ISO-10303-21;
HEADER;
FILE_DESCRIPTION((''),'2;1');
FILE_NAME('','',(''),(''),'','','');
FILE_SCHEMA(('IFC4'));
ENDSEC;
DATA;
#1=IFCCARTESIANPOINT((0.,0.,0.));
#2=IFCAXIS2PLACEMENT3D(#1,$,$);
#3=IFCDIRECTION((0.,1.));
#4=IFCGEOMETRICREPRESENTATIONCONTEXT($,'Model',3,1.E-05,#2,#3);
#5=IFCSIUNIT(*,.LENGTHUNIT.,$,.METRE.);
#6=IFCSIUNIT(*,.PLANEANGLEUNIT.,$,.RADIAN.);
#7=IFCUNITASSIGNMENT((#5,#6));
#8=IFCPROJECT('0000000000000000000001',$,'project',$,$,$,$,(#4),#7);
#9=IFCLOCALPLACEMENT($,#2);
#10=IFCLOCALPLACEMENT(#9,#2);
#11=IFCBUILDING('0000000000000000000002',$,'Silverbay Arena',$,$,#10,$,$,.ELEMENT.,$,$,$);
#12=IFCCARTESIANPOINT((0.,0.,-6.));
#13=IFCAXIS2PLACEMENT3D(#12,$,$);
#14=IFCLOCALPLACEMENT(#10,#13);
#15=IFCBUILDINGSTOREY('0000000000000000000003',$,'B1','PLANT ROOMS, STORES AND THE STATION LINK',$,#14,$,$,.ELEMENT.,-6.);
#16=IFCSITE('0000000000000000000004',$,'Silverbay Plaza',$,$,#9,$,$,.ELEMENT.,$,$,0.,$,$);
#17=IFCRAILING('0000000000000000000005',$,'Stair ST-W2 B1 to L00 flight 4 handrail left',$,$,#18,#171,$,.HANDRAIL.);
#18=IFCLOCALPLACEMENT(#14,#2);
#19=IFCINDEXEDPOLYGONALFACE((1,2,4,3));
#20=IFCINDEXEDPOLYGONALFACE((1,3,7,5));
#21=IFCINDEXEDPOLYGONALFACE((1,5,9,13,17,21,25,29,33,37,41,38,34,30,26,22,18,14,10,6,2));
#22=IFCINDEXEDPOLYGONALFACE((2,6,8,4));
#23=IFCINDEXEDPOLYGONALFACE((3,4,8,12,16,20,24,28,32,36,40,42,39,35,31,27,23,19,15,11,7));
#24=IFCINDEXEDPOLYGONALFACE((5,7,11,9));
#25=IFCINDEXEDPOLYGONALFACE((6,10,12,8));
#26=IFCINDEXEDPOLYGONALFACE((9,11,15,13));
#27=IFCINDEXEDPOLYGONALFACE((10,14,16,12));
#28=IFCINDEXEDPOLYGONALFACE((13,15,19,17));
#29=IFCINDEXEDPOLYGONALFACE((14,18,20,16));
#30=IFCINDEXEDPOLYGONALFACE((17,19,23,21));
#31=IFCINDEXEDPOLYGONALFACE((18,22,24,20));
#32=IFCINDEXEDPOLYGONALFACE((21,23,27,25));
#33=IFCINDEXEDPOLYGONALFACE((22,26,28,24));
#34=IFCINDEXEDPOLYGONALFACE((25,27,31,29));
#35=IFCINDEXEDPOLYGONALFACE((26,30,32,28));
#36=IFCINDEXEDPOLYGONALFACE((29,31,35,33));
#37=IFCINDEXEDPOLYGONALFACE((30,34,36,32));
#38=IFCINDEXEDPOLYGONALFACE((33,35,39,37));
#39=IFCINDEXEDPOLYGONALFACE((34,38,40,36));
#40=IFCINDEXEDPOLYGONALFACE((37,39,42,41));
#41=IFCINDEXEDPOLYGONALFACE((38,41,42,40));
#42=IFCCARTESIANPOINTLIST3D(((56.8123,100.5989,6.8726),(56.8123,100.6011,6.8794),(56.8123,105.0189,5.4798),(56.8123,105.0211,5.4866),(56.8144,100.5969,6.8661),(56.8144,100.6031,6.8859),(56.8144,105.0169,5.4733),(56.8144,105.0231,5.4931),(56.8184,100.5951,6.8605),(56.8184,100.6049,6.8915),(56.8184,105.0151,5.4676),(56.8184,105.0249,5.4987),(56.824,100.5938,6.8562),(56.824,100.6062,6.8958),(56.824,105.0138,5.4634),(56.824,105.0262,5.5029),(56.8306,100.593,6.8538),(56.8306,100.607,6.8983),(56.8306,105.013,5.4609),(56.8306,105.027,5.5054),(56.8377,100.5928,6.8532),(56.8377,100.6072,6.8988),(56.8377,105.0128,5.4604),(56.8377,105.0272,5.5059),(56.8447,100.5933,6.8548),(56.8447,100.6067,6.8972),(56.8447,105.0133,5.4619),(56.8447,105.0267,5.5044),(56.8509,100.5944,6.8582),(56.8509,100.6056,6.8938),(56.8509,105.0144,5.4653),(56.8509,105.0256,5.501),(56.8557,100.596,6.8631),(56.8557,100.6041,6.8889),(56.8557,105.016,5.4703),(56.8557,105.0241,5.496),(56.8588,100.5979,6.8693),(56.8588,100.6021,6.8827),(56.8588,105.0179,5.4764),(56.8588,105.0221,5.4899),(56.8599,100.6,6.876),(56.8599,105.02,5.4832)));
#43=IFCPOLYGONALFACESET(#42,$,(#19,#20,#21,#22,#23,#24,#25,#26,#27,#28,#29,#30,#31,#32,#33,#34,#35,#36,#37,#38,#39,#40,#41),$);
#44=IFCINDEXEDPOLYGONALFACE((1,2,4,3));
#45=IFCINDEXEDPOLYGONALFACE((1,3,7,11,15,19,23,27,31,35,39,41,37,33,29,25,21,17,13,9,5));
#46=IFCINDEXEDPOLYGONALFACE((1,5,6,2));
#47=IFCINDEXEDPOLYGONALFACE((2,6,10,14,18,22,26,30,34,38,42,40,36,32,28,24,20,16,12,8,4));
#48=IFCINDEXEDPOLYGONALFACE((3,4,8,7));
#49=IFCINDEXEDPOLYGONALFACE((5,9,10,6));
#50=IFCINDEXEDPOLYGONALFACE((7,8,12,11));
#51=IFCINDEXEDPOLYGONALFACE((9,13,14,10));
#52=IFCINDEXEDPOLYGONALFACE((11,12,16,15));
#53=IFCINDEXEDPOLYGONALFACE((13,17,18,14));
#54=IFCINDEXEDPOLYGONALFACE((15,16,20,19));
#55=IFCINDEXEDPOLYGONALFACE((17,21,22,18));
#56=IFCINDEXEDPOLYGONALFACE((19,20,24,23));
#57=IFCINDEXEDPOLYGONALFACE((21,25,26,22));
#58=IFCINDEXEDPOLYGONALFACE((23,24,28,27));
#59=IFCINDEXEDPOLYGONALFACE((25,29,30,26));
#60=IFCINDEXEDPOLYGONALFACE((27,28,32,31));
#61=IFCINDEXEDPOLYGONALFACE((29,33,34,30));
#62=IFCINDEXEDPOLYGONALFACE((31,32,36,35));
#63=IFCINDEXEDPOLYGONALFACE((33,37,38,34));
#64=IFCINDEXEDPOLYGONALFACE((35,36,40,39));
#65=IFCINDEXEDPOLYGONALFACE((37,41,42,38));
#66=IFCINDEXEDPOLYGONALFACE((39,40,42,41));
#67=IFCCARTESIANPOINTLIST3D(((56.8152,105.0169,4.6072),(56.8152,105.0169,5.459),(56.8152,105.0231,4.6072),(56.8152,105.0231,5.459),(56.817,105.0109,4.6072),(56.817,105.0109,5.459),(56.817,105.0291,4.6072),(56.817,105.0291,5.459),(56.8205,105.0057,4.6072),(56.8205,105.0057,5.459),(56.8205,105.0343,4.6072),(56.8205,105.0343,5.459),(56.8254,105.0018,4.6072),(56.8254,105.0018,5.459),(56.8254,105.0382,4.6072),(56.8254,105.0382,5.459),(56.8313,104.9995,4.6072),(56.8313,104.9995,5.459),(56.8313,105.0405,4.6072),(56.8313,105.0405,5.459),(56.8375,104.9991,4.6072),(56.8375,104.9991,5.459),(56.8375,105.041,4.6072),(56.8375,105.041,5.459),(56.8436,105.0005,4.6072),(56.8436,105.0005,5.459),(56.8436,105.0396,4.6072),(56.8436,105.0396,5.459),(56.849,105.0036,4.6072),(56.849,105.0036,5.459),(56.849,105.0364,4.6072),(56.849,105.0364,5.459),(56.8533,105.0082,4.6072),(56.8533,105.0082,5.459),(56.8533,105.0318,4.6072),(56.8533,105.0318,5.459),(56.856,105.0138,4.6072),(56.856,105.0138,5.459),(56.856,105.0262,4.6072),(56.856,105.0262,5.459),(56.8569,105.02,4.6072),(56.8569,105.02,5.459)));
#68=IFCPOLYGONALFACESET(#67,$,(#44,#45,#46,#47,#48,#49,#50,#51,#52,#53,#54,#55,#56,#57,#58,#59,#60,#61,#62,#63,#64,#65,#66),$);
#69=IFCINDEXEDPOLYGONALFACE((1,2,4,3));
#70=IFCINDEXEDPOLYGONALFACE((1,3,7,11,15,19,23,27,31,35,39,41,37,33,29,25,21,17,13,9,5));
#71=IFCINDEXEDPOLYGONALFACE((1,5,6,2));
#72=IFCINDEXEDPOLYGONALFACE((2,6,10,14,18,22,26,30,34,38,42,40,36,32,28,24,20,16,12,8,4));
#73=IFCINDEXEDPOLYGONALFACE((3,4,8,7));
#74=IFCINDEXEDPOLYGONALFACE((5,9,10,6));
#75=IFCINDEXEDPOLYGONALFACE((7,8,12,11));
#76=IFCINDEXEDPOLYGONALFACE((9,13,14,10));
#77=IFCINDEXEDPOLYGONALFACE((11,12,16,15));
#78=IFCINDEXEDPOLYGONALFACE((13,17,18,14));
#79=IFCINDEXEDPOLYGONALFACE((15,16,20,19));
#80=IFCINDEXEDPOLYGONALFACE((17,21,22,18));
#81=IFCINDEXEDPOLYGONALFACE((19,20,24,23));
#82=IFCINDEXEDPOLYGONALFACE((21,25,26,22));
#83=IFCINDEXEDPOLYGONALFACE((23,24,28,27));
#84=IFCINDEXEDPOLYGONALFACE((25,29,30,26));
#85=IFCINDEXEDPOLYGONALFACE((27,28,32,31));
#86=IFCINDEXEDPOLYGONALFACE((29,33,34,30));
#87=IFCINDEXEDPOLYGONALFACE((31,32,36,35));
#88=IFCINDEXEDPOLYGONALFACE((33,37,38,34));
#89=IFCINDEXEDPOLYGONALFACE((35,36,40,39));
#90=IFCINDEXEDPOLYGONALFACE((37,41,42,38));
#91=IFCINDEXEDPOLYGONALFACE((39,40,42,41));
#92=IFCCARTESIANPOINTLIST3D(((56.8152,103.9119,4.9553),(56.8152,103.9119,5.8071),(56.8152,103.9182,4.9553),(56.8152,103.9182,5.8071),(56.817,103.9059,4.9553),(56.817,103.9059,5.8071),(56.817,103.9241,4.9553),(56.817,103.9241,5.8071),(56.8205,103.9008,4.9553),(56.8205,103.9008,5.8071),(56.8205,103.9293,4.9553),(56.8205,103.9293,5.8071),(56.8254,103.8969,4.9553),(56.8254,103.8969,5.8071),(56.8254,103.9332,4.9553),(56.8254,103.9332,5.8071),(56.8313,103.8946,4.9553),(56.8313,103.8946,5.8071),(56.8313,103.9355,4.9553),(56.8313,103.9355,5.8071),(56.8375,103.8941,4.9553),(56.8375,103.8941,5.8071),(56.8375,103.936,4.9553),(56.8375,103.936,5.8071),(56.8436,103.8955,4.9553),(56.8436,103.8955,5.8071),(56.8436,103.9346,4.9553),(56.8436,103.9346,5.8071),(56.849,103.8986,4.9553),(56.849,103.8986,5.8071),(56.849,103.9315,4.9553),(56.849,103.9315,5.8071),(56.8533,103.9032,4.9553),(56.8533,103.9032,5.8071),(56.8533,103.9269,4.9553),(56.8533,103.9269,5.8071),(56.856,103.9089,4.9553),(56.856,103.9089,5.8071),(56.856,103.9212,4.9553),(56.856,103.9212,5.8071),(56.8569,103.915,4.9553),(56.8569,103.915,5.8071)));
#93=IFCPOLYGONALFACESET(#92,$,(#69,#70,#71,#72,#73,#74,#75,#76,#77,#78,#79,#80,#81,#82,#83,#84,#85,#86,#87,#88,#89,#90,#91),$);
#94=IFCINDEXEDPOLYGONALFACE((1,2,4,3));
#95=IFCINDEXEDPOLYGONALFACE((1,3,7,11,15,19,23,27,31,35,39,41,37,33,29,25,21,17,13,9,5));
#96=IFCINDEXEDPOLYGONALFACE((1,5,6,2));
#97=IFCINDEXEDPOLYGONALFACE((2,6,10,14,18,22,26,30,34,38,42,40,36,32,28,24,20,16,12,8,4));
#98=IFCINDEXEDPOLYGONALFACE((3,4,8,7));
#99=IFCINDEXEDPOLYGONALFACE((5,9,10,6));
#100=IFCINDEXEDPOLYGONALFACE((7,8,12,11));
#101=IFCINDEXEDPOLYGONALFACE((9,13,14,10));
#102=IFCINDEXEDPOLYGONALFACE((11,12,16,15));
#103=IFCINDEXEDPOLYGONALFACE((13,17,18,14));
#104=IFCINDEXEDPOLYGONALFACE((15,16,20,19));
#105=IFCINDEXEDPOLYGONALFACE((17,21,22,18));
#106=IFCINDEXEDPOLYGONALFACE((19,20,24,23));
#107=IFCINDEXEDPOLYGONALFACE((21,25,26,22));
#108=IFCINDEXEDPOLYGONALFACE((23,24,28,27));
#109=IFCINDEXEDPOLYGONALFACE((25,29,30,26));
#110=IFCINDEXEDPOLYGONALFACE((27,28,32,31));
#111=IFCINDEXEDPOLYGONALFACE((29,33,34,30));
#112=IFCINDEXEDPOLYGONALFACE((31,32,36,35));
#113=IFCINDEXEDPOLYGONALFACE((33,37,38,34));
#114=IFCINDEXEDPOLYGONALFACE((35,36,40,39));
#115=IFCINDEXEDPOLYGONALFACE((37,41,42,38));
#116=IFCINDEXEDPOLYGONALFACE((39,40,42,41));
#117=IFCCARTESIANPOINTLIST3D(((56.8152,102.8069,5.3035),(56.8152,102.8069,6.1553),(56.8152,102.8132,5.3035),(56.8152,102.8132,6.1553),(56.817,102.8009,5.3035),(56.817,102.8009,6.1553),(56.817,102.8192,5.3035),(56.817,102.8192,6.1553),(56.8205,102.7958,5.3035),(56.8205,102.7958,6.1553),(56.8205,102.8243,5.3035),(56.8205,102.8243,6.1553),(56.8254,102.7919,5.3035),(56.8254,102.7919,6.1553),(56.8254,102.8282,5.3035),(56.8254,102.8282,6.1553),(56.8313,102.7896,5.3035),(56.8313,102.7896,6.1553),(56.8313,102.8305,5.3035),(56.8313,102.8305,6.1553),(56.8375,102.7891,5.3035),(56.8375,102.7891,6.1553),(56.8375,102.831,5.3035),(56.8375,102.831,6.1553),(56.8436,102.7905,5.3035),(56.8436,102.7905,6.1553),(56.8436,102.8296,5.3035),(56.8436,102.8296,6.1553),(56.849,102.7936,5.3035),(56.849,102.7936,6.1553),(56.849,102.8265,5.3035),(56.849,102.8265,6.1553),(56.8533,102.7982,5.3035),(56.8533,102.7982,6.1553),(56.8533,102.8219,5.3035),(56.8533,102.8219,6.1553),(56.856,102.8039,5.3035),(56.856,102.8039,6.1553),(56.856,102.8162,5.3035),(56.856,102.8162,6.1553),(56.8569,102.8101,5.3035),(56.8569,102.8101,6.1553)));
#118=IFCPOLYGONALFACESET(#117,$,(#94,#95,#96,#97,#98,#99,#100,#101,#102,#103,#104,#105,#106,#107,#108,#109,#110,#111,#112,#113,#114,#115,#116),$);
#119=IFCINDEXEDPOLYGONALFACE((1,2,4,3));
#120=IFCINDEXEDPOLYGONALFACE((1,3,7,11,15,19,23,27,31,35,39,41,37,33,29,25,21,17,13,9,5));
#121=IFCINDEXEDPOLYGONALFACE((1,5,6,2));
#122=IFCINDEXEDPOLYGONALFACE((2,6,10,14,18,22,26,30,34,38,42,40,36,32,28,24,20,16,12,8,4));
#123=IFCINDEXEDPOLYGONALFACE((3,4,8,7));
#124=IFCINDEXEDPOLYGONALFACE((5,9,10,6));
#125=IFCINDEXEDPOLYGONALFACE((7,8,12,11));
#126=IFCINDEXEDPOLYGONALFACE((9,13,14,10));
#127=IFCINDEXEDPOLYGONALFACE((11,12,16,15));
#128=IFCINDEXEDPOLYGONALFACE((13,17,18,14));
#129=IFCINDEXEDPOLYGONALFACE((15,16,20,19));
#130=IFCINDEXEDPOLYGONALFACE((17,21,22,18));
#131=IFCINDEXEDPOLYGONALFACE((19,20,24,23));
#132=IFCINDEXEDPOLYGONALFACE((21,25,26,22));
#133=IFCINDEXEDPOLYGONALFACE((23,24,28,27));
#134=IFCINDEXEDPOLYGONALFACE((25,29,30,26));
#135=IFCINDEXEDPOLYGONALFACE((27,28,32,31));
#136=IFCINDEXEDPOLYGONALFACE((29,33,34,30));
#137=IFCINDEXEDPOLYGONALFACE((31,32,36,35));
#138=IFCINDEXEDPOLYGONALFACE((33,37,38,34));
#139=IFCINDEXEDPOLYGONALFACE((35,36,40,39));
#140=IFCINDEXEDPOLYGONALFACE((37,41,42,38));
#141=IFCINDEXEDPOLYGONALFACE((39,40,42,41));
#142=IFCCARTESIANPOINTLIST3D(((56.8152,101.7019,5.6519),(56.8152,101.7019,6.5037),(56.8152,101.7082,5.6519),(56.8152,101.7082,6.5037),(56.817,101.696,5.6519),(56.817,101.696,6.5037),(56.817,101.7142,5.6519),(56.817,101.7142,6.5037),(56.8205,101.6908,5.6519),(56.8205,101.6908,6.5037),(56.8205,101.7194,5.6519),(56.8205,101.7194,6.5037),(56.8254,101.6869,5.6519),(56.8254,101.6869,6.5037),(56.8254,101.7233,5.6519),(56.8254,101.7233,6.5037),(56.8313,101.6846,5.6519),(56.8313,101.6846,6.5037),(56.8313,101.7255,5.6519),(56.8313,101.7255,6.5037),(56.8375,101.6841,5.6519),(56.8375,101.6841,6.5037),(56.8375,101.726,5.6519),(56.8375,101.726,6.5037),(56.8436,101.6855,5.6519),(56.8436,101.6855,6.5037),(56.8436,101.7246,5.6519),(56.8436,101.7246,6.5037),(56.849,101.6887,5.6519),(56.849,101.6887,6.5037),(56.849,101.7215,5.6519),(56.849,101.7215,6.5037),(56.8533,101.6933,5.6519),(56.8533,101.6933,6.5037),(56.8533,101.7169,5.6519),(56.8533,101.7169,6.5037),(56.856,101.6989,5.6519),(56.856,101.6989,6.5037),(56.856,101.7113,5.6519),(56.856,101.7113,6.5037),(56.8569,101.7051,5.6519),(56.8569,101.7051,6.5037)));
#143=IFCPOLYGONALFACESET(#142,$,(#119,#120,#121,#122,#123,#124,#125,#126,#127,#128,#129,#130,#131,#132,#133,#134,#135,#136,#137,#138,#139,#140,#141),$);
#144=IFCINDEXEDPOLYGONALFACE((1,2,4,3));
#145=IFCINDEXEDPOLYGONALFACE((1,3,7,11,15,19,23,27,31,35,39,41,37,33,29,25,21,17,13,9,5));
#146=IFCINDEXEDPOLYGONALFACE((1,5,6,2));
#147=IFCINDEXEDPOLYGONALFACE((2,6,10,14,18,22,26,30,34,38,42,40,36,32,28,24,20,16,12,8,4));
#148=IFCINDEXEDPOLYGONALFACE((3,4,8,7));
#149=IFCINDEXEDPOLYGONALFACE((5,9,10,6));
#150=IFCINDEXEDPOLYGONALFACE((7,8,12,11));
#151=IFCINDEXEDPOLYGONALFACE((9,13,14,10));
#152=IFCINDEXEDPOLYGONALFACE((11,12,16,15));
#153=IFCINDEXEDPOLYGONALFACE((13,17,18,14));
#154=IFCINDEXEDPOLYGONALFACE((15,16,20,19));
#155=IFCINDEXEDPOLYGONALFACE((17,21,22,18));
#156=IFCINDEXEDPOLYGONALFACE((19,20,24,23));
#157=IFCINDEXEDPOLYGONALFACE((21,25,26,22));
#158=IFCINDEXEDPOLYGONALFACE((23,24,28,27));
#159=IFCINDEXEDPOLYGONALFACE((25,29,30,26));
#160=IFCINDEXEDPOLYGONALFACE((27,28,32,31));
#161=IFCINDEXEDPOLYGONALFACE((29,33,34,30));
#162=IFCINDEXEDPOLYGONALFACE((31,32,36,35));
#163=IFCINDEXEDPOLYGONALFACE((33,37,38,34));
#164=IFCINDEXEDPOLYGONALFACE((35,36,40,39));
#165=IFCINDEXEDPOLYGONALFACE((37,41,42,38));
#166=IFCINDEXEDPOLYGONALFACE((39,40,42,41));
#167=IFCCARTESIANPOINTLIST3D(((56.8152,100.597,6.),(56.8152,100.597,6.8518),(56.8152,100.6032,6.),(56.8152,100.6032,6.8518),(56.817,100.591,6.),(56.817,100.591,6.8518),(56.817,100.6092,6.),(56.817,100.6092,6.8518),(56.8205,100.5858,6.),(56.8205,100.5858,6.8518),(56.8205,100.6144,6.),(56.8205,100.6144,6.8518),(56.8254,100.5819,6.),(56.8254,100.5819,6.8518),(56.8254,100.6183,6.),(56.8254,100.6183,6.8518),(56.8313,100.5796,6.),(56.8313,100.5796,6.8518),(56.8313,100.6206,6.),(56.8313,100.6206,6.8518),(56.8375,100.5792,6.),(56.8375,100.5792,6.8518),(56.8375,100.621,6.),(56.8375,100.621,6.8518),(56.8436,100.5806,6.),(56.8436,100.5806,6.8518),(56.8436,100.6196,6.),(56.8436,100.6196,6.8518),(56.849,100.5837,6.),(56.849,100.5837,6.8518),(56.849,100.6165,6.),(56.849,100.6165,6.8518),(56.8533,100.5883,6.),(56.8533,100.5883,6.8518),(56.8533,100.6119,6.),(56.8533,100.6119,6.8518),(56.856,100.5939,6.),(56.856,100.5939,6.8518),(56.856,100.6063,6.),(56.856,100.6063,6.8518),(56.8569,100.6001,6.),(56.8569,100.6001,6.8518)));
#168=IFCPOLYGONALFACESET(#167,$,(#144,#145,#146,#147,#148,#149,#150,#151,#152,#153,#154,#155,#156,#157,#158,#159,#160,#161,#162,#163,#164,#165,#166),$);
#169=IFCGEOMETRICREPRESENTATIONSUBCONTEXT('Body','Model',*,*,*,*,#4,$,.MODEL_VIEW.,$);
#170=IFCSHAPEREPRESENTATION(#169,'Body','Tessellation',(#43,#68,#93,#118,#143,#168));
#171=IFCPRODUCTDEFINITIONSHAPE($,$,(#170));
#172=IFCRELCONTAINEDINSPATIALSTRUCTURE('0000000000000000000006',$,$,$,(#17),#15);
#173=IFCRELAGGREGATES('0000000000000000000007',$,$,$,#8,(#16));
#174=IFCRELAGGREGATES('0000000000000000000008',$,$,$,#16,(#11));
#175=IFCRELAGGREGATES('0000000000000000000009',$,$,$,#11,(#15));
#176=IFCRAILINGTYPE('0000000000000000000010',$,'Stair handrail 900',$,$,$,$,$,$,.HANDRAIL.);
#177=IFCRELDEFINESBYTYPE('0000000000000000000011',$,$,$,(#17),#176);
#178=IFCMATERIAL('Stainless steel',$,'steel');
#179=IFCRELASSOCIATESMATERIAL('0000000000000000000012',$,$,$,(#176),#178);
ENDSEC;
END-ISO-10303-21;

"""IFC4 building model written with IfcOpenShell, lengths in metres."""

from ifc_helpers import new_model, si_unit, direction, frame, origin, origin_2d, place, context, subcontext, project, spatial, circle, extrude, material, type_object, element, save


model = new_model("IFC4")

# Units and contexts
model_context = context("Model", 3, precision=1e-05, world=origin(), true_north=direction((0.0, 1.0)))
body_context = subcontext(model_context, "Body", "Model", "MODEL_VIEW")
ifc_project = project(units=[si_unit("LENGTHUNIT", "METRE"), si_unit("PLANEANGLEUNIT", "RADIAN")], contexts=[model_context])

# Site, building, storey
site_placement = place(None, origin())
site = spatial("IfcSite", under=ifc_project, at=site_placement, Name="Silverbay Plaza", CompositionType="ELEMENT", RefElevation=0.0)
building_placement = place(site_placement, origin())
building = spatial("IfcBuilding", under=site, at=building_placement, Name="Silverbay Arena", CompositionType="ELEMENT")
storey_placement = place(building_placement, frame((0.0, 0.0, -6.0)))
storey = spatial("IfcBuildingStorey", under=building, at=storey_placement, Name="B1", Description="PLANT ROOMS, STORES AND THE STATION LINK", CompositionType="ELEMENT", Elevation=-6.0)

# Railing
ifc_material_1 = material(Name="Stainless steel", Category="steel")
railing_type_1 = type_object("IfcRailingType", Name="Stair handrail 900", PredefinedType="HANDRAIL", material=ifc_material_1)
for number, where, name in (
    (1, (56.8359, 105.02, 4.6072), "Stair ST-W2 B1 to L00 flight 4 handrail left"),
):
    element("IfcRailing", number, at=place(storey_placement, frame(where)), inside=storey, type_object=railing_type_1, Name=name, PredefinedType="HANDRAIL", context=body_context, shape_type="SweptSolid", body=[
        extrude(circle(Radius=0.0239, at=origin_2d()), frame((0.0, 0.0, 0.876), z_axis=(0.0, -0.953765, 0.300554), x_axis=(1.0, 0.0, 0.0)), (0.0, 0.0, 1.0), 4.6343),
        extrude(circle(Radius=0.021, at=origin_2d()), origin(), (0.0, 0.0, 1.0), 0.8518),
        extrude(circle(Radius=0.021, at=origin_2d()), frame((0.0, -1.105, 0.3481)), (0.0, 0.0, 1.0), 0.8518),
        extrude(circle(Radius=0.021, at=origin_2d()), frame((0.0, -2.21, 0.6963)), (0.0, 0.0, 1.0), 0.8518),
        extrude(circle(Radius=0.021, at=origin_2d()), frame((0.0, -3.3149, 1.0447)), (0.0, 0.0, 1.0), 0.8518),
        extrude(circle(Radius=0.021, at=origin_2d()), frame((0.0, -4.4199, 1.3928)), (0.0, 0.0, 1.0), 0.8518),
    ])

save(model, "model.ifc")
